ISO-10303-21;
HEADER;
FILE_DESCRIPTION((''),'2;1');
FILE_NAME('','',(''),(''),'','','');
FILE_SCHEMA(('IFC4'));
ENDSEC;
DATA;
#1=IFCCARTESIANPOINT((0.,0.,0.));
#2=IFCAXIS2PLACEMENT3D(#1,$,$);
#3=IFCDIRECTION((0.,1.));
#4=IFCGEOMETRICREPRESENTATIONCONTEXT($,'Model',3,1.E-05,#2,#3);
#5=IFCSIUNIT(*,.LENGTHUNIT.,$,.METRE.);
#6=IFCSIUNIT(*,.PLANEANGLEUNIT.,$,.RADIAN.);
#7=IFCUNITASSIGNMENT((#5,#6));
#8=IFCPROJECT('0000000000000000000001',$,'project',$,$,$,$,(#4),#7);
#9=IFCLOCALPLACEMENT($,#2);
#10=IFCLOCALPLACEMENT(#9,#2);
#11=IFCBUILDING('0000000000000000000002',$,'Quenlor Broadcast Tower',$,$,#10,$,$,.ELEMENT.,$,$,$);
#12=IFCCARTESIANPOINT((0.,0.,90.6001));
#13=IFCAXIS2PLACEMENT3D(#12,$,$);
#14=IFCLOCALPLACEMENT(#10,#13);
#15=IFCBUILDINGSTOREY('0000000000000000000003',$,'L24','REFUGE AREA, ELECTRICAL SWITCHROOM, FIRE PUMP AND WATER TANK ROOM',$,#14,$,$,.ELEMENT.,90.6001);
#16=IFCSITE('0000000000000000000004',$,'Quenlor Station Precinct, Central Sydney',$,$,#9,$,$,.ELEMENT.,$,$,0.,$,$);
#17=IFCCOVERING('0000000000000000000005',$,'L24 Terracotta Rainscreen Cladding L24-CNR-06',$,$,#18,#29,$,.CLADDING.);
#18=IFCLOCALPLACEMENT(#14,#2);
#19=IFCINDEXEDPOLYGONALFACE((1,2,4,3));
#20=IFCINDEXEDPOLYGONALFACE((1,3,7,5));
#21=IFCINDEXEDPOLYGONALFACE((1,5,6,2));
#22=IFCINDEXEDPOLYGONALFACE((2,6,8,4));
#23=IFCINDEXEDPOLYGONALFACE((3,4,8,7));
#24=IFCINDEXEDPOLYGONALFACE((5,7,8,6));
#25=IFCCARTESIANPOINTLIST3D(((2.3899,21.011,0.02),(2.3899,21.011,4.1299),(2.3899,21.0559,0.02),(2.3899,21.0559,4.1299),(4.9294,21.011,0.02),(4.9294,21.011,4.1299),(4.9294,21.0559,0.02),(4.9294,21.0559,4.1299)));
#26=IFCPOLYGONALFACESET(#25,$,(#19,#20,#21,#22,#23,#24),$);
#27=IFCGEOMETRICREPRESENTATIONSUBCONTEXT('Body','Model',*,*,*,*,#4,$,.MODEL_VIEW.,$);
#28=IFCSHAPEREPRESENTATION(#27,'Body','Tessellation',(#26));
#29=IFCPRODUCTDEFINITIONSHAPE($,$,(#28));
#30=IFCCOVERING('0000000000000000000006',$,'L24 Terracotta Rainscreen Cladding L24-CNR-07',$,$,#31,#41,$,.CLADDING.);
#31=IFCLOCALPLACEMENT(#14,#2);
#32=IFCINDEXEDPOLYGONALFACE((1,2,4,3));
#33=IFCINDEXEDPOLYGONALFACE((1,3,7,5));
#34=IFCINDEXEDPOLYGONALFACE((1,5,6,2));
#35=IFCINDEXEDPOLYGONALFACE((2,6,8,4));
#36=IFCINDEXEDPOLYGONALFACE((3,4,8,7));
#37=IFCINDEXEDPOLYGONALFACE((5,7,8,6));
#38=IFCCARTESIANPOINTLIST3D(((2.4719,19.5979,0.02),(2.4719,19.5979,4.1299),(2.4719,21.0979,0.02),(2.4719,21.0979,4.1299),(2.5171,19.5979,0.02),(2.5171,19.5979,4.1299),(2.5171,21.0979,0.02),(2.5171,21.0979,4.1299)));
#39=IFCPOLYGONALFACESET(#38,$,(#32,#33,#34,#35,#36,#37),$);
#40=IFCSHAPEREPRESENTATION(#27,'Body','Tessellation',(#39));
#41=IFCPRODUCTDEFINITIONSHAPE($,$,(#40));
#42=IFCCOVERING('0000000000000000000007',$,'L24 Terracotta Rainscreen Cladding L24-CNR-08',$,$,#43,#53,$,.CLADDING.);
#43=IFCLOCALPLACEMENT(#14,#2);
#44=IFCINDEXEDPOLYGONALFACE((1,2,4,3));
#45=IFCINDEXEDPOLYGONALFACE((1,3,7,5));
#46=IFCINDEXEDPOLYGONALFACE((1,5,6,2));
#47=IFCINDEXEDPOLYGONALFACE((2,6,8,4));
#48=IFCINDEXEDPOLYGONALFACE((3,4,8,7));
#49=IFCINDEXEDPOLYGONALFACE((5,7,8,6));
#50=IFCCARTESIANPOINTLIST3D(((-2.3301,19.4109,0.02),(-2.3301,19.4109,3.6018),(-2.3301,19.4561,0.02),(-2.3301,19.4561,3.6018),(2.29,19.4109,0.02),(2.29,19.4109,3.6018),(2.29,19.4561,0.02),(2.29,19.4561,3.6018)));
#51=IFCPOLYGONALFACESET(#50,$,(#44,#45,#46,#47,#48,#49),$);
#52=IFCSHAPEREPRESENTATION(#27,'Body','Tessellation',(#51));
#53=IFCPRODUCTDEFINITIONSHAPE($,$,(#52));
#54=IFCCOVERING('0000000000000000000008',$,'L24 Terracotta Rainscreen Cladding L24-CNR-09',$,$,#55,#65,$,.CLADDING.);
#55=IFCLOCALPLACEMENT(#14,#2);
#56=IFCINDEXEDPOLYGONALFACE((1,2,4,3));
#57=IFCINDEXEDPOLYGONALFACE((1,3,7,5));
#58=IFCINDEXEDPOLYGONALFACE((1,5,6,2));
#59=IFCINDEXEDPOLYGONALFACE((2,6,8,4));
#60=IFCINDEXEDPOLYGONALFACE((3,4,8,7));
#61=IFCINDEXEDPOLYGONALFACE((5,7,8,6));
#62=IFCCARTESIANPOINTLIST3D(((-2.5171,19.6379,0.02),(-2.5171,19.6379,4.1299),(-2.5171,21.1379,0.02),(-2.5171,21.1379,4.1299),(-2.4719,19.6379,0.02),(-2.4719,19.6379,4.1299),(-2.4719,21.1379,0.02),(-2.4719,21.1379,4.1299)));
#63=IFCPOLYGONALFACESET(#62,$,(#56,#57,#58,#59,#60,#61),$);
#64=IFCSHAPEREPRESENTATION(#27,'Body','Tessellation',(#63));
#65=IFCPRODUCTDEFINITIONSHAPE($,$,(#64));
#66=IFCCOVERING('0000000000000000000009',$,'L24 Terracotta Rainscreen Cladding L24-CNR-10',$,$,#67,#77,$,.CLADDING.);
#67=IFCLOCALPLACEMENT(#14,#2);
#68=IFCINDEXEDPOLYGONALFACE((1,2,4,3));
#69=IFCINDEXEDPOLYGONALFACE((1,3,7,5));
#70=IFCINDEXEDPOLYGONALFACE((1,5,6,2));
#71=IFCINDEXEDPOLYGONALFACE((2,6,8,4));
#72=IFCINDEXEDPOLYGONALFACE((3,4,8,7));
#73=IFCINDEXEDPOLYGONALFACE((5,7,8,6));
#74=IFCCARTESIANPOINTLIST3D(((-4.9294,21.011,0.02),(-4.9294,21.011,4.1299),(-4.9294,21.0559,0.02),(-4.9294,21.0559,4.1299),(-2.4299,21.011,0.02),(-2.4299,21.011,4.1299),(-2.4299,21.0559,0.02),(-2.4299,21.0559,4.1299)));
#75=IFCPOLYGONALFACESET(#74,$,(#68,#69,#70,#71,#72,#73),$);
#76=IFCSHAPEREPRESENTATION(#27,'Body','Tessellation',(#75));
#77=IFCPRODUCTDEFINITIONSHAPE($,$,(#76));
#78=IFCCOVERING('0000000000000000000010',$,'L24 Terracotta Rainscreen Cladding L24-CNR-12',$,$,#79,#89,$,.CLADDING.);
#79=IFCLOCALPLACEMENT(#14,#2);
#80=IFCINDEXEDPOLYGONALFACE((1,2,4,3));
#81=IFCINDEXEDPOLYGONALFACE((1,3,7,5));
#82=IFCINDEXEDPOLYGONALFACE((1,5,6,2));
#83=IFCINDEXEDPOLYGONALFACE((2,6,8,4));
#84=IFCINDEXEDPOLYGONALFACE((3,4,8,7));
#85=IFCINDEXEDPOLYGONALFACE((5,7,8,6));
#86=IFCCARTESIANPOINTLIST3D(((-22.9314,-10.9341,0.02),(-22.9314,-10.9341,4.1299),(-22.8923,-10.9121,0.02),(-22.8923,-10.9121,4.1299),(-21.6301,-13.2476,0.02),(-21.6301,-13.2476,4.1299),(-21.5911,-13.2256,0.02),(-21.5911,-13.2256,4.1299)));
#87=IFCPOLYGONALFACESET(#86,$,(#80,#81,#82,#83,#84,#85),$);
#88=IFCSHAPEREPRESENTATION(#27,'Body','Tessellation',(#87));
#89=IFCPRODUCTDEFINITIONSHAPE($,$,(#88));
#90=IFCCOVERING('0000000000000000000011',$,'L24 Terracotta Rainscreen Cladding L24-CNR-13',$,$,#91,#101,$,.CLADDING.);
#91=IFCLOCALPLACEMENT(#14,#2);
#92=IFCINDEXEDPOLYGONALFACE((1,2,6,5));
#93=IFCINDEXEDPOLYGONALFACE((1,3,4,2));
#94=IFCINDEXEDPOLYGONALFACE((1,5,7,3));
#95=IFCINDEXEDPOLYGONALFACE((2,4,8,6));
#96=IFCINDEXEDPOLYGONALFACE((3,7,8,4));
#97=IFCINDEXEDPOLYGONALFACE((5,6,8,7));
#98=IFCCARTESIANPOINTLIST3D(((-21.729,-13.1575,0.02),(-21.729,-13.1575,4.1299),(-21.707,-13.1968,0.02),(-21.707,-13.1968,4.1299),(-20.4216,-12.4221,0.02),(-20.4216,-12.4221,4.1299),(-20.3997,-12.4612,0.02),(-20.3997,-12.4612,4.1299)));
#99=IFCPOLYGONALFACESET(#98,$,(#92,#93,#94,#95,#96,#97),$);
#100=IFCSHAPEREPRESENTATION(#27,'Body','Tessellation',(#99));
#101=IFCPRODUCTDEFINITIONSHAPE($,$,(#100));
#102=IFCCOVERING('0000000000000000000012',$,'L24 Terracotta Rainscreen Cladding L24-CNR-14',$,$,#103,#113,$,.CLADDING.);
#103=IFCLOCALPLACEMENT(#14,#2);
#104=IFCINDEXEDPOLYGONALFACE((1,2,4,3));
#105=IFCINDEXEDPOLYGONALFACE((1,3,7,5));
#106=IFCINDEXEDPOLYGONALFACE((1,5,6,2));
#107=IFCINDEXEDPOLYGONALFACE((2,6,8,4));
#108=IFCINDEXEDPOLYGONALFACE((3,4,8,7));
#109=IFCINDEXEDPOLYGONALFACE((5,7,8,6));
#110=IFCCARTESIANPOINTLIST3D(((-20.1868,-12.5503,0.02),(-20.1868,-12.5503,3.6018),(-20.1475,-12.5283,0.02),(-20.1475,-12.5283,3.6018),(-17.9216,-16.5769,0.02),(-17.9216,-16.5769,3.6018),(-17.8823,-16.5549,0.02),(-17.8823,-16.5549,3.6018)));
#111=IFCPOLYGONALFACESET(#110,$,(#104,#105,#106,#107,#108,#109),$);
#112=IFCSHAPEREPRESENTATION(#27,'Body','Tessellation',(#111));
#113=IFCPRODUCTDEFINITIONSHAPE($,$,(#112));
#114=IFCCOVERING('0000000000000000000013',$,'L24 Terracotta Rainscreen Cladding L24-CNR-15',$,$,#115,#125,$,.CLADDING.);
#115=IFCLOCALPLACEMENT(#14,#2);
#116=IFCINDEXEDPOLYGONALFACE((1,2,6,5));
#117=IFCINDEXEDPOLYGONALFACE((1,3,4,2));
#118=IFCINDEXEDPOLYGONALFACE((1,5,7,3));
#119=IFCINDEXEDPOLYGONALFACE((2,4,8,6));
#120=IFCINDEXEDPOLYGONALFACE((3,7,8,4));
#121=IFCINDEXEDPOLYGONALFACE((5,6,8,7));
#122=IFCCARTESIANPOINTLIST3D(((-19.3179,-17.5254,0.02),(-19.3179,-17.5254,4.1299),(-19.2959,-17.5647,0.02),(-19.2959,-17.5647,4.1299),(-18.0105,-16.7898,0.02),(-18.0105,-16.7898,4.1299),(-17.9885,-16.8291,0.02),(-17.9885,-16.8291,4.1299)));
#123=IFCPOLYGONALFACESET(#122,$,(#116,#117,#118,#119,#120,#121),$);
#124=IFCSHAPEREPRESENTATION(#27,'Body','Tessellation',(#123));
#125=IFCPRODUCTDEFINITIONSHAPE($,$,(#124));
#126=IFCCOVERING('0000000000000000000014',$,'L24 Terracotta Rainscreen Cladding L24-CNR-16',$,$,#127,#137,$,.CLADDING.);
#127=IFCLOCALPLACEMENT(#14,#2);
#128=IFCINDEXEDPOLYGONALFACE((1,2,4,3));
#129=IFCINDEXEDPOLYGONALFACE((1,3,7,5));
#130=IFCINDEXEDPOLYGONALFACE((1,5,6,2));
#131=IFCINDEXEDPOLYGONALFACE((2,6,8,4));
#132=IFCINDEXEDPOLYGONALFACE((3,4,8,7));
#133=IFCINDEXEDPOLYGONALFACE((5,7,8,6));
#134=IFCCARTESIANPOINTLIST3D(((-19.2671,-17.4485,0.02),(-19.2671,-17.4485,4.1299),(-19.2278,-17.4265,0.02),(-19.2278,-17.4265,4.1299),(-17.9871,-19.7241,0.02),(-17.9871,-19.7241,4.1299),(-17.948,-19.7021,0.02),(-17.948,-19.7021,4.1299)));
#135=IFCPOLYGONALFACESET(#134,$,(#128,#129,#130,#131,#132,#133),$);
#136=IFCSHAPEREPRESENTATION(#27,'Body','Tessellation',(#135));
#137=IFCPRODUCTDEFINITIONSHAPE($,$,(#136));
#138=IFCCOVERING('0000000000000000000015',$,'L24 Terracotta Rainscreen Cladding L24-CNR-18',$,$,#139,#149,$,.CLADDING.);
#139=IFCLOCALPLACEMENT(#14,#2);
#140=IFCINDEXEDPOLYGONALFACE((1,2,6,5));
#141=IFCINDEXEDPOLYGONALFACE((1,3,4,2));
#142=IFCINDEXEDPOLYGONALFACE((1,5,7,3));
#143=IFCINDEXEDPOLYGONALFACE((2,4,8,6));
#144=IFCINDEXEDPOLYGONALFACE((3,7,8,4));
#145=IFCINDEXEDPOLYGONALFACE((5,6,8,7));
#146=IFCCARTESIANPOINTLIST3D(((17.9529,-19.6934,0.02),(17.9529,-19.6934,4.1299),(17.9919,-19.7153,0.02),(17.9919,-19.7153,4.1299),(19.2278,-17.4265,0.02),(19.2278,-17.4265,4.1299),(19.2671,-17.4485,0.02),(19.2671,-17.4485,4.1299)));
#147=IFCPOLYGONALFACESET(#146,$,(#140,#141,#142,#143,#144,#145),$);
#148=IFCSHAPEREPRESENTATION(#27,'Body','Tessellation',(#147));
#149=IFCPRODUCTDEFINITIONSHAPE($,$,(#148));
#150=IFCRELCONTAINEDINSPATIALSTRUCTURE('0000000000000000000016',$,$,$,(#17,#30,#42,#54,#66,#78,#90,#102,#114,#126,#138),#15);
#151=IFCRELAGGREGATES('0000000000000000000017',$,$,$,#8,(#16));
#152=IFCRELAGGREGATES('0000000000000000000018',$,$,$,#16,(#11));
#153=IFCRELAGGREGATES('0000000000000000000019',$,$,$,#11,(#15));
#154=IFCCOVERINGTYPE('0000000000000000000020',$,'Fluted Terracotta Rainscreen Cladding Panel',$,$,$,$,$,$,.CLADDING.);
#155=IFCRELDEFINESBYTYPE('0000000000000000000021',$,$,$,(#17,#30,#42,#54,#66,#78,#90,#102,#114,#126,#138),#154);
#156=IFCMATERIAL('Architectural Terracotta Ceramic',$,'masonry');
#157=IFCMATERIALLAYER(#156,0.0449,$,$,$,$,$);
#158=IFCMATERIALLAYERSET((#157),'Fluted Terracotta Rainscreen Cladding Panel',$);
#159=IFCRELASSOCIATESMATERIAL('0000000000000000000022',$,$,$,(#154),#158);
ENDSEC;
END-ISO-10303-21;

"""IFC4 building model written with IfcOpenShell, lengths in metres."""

from ifc_helpers import new_model, si_unit, direction, frame, origin, place, context, subcontext, project, spatial, polyline, outline, extrude, material, layer, layer_set, type_object, element, save


model = new_model("IFC4")

# Units and contexts
model_context = context("Model", 3, precision=1e-05, world=origin(), true_north=direction((0.0, 1.0)))
body_context = subcontext(model_context, "Body", "Model", "MODEL_VIEW")
ifc_project = project(units=[si_unit("LENGTHUNIT", "METRE"), si_unit("PLANEANGLEUNIT", "RADIAN")], contexts=[model_context])

# Site, building, storey
site_placement = place(None, origin())
site = spatial("IfcSite", under=ifc_project, at=site_placement, Name="Quenlor Station Precinct, Central Sydney", CompositionType="ELEMENT", RefElevation=0.0)
building_placement = place(site_placement, origin())
building = spatial("IfcBuilding", under=site, at=building_placement, Name="Quenlor Broadcast Tower", CompositionType="ELEMENT")
storey_placement = place(building_placement, frame((0.0, 0.0, 90.6001)))
storey = spatial("IfcBuildingStorey", under=building, at=storey_placement, Name="L24", Description="REFUGE AREA, ELECTRICAL SWITCHROOM, FIRE PUMP AND WATER TANK ROOM", CompositionType="ELEMENT", Elevation=90.6001)

# Coverings
ifc_material_1 = material(Name="Architectural Terracotta Ceramic", Category="masonry")
ifc_layer_1 = layer(ifc_material_1, 0.0449)
ifc_layer_set_1 = layer_set([ifc_layer_1], Name="Fluted Terracotta Rainscreen Cladding Panel")
covering_type = type_object("IfcCoveringType", Name="Fluted Terracotta Rainscreen Cladding Panel", PredefinedType="CLADDING", material=ifc_layer_set_1)
covering_1_placement = place(storey_placement, frame((0.0, 0.0, 0.02)))
element("IfcCovering", 1, at=covering_1_placement, inside=storey, type_object=covering_type, Name="L24 Terracotta Rainscreen Cladding L24-CNR-06", PredefinedType="CLADDING", context=body_context, shape_type="SweptSolid", body=[
    extrude(outline(polyline([(4.9294, 21.0559), (2.3899, 21.0559), (2.3899, 21.011), (4.9294, 21.011), (4.9294, 21.0559)])), origin(), (0.0, 0.0, 1.0), 4.1099),
])
covering_2_placement = place(storey_placement, frame((0.0, 0.0, 0.02)))
element("IfcCovering", 2, at=covering_2_placement, inside=storey, type_object=covering_type, Name="L24 Terracotta Rainscreen Cladding L24-CNR-07", PredefinedType="CLADDING", context=body_context, shape_type="SweptSolid", body=[
    extrude(outline(polyline([(2.4719, 21.0979), (2.4719, 19.5979), (2.5171, 19.5979), (2.5171, 21.0979), (2.4719, 21.0979)])), origin(), (0.0, 0.0, 1.0), 4.1099),
])
covering_3_placement = place(storey_placement, frame((0.0, 0.0, 0.02)))
element("IfcCovering", 3, at=covering_3_placement, inside=storey, type_object=covering_type, Name="L24 Terracotta Rainscreen Cladding L24-CNR-08", PredefinedType="CLADDING", context=body_context, shape_type="SweptSolid", body=[
    extrude(outline(polyline([(2.29, 19.4561), (-2.3301, 19.4561), (-2.3301, 19.4109), (2.29, 19.4109), (2.29, 19.4561)])), origin(), (0.0, 0.0, 1.0), 3.5818),
])
covering_4_placement = place(storey_placement, frame((0.0, 0.0, 0.02)))
element("IfcCovering", 4, at=covering_4_placement, inside=storey, type_object=covering_type, Name="L24 Terracotta Rainscreen Cladding L24-CNR-09", PredefinedType="CLADDING", context=body_context, shape_type="SweptSolid", body=[
    extrude(outline(polyline([(-2.4719, 19.6379), (-2.4719, 21.1379), (-2.5171, 21.1379), (-2.5171, 19.6379), (-2.4719, 19.6379)])), origin(), (0.0, 0.0, 1.0), 4.1099),
])
covering_5_placement = place(storey_placement, frame((0.0, 0.0, 0.02)))
element("IfcCovering", 5, at=covering_5_placement, inside=storey, type_object=covering_type, Name="L24 Terracotta Rainscreen Cladding L24-CNR-10", PredefinedType="CLADDING", context=body_context, shape_type="SweptSolid", body=[
    extrude(outline(polyline([(-2.4299, 21.0559), (-4.9294, 21.0559), (-4.9294, 21.011), (-2.4299, 21.011), (-2.4299, 21.0559)])), origin(), (0.0, 0.0, 1.0), 4.1099),
])
covering_6_placement = place(storey_placement, frame((0.0, 0.0, 0.02)))
element("IfcCovering", 6, at=covering_6_placement, inside=storey, type_object=covering_type, Name="L24 Terracotta Rainscreen Cladding L24-CNR-12", PredefinedType="CLADDING", context=body_context, shape_type="SweptSolid", body=[
    extrude(outline(polyline([(-22.9314, -10.9341), (-21.6301, -13.2476), (-21.5911, -13.2256), (-22.8923, -10.9121), (-22.9314, -10.9341)])), origin(), (0.0, 0.0, 1.0), 4.1099),
])
covering_7_placement = place(storey_placement, frame((0.0, 0.0, 0.02)))
element("IfcCovering", 7, at=covering_7_placement, inside=storey, type_object=covering_type, Name="L24 Terracotta Rainscreen Cladding L24-CNR-13", PredefinedType="CLADDING", context=body_context, shape_type="SweptSolid", body=[
    extrude(outline(polyline([(-21.707, -13.1968), (-20.3997, -12.4612), (-20.4216, -12.4221), (-21.729, -13.1575), (-21.707, -13.1968)])), origin(), (0.0, 0.0, 1.0), 4.1099),
])
covering_8_placement = place(storey_placement, frame((0.0, 0.0, 0.02)))
element("IfcCovering", 8, at=covering_8_placement, inside=storey, type_object=covering_type, Name="L24 Terracotta Rainscreen Cladding L24-CNR-14", PredefinedType="CLADDING", context=body_context, shape_type="SweptSolid", body=[
    extrude(outline(polyline([(-20.1868, -12.5503), (-17.9216, -16.5769), (-17.8823, -16.5549), (-20.1475, -12.5283), (-20.1868, -12.5503)])), origin(), (0.0, 0.0, 1.0), 3.5818),
])
covering_9_placement = place(storey_placement, frame((0.0, 0.0, 0.02)))
element("IfcCovering", 9, at=covering_9_placement, inside=storey, type_object=covering_type, Name="L24 Terracotta Rainscreen Cladding L24-CNR-15", PredefinedType="CLADDING", context=body_context, shape_type="SweptSolid", body=[
    extrude(outline(polyline([(-18.0105, -16.7898), (-19.3179, -17.5254), (-19.2959, -17.5647), (-17.9885, -16.8291), (-18.0105, -16.7898)])), origin(), (0.0, 0.0, 1.0), 4.1099),
])
covering_10_placement = place(storey_placement, frame((0.0, 0.0, 0.02)))
element("IfcCovering", 10, at=covering_10_placement, inside=storey, type_object=covering_type, Name="L24 Terracotta Rainscreen Cladding L24-CNR-16", PredefinedType="CLADDING", context=body_context, shape_type="SweptSolid", body=[
    extrude(outline(polyline([(-19.2671, -17.4485), (-17.9871, -19.7241), (-17.948, -19.7021), (-19.2278, -17.4265), (-19.2671, -17.4485)])), origin(), (0.0, 0.0, 1.0), 4.1099),
])
covering_11_placement = place(storey_placement, frame((0.0, 0.0, 0.02)))
element("IfcCovering", 11, at=covering_11_placement, inside=storey, type_object=covering_type, Name="L24 Terracotta Rainscreen Cladding L24-CNR-18", PredefinedType="CLADDING", context=body_context, shape_type="SweptSolid", body=[
    extrude(outline(polyline([(17.9919, -19.7153), (19.2671, -17.4485), (19.2278, -17.4265), (17.9529, -19.6934), (17.9919, -19.7153)])), origin(), (0.0, 0.0, 1.0), 4.1099),
])

save(model, "model.ifc")
